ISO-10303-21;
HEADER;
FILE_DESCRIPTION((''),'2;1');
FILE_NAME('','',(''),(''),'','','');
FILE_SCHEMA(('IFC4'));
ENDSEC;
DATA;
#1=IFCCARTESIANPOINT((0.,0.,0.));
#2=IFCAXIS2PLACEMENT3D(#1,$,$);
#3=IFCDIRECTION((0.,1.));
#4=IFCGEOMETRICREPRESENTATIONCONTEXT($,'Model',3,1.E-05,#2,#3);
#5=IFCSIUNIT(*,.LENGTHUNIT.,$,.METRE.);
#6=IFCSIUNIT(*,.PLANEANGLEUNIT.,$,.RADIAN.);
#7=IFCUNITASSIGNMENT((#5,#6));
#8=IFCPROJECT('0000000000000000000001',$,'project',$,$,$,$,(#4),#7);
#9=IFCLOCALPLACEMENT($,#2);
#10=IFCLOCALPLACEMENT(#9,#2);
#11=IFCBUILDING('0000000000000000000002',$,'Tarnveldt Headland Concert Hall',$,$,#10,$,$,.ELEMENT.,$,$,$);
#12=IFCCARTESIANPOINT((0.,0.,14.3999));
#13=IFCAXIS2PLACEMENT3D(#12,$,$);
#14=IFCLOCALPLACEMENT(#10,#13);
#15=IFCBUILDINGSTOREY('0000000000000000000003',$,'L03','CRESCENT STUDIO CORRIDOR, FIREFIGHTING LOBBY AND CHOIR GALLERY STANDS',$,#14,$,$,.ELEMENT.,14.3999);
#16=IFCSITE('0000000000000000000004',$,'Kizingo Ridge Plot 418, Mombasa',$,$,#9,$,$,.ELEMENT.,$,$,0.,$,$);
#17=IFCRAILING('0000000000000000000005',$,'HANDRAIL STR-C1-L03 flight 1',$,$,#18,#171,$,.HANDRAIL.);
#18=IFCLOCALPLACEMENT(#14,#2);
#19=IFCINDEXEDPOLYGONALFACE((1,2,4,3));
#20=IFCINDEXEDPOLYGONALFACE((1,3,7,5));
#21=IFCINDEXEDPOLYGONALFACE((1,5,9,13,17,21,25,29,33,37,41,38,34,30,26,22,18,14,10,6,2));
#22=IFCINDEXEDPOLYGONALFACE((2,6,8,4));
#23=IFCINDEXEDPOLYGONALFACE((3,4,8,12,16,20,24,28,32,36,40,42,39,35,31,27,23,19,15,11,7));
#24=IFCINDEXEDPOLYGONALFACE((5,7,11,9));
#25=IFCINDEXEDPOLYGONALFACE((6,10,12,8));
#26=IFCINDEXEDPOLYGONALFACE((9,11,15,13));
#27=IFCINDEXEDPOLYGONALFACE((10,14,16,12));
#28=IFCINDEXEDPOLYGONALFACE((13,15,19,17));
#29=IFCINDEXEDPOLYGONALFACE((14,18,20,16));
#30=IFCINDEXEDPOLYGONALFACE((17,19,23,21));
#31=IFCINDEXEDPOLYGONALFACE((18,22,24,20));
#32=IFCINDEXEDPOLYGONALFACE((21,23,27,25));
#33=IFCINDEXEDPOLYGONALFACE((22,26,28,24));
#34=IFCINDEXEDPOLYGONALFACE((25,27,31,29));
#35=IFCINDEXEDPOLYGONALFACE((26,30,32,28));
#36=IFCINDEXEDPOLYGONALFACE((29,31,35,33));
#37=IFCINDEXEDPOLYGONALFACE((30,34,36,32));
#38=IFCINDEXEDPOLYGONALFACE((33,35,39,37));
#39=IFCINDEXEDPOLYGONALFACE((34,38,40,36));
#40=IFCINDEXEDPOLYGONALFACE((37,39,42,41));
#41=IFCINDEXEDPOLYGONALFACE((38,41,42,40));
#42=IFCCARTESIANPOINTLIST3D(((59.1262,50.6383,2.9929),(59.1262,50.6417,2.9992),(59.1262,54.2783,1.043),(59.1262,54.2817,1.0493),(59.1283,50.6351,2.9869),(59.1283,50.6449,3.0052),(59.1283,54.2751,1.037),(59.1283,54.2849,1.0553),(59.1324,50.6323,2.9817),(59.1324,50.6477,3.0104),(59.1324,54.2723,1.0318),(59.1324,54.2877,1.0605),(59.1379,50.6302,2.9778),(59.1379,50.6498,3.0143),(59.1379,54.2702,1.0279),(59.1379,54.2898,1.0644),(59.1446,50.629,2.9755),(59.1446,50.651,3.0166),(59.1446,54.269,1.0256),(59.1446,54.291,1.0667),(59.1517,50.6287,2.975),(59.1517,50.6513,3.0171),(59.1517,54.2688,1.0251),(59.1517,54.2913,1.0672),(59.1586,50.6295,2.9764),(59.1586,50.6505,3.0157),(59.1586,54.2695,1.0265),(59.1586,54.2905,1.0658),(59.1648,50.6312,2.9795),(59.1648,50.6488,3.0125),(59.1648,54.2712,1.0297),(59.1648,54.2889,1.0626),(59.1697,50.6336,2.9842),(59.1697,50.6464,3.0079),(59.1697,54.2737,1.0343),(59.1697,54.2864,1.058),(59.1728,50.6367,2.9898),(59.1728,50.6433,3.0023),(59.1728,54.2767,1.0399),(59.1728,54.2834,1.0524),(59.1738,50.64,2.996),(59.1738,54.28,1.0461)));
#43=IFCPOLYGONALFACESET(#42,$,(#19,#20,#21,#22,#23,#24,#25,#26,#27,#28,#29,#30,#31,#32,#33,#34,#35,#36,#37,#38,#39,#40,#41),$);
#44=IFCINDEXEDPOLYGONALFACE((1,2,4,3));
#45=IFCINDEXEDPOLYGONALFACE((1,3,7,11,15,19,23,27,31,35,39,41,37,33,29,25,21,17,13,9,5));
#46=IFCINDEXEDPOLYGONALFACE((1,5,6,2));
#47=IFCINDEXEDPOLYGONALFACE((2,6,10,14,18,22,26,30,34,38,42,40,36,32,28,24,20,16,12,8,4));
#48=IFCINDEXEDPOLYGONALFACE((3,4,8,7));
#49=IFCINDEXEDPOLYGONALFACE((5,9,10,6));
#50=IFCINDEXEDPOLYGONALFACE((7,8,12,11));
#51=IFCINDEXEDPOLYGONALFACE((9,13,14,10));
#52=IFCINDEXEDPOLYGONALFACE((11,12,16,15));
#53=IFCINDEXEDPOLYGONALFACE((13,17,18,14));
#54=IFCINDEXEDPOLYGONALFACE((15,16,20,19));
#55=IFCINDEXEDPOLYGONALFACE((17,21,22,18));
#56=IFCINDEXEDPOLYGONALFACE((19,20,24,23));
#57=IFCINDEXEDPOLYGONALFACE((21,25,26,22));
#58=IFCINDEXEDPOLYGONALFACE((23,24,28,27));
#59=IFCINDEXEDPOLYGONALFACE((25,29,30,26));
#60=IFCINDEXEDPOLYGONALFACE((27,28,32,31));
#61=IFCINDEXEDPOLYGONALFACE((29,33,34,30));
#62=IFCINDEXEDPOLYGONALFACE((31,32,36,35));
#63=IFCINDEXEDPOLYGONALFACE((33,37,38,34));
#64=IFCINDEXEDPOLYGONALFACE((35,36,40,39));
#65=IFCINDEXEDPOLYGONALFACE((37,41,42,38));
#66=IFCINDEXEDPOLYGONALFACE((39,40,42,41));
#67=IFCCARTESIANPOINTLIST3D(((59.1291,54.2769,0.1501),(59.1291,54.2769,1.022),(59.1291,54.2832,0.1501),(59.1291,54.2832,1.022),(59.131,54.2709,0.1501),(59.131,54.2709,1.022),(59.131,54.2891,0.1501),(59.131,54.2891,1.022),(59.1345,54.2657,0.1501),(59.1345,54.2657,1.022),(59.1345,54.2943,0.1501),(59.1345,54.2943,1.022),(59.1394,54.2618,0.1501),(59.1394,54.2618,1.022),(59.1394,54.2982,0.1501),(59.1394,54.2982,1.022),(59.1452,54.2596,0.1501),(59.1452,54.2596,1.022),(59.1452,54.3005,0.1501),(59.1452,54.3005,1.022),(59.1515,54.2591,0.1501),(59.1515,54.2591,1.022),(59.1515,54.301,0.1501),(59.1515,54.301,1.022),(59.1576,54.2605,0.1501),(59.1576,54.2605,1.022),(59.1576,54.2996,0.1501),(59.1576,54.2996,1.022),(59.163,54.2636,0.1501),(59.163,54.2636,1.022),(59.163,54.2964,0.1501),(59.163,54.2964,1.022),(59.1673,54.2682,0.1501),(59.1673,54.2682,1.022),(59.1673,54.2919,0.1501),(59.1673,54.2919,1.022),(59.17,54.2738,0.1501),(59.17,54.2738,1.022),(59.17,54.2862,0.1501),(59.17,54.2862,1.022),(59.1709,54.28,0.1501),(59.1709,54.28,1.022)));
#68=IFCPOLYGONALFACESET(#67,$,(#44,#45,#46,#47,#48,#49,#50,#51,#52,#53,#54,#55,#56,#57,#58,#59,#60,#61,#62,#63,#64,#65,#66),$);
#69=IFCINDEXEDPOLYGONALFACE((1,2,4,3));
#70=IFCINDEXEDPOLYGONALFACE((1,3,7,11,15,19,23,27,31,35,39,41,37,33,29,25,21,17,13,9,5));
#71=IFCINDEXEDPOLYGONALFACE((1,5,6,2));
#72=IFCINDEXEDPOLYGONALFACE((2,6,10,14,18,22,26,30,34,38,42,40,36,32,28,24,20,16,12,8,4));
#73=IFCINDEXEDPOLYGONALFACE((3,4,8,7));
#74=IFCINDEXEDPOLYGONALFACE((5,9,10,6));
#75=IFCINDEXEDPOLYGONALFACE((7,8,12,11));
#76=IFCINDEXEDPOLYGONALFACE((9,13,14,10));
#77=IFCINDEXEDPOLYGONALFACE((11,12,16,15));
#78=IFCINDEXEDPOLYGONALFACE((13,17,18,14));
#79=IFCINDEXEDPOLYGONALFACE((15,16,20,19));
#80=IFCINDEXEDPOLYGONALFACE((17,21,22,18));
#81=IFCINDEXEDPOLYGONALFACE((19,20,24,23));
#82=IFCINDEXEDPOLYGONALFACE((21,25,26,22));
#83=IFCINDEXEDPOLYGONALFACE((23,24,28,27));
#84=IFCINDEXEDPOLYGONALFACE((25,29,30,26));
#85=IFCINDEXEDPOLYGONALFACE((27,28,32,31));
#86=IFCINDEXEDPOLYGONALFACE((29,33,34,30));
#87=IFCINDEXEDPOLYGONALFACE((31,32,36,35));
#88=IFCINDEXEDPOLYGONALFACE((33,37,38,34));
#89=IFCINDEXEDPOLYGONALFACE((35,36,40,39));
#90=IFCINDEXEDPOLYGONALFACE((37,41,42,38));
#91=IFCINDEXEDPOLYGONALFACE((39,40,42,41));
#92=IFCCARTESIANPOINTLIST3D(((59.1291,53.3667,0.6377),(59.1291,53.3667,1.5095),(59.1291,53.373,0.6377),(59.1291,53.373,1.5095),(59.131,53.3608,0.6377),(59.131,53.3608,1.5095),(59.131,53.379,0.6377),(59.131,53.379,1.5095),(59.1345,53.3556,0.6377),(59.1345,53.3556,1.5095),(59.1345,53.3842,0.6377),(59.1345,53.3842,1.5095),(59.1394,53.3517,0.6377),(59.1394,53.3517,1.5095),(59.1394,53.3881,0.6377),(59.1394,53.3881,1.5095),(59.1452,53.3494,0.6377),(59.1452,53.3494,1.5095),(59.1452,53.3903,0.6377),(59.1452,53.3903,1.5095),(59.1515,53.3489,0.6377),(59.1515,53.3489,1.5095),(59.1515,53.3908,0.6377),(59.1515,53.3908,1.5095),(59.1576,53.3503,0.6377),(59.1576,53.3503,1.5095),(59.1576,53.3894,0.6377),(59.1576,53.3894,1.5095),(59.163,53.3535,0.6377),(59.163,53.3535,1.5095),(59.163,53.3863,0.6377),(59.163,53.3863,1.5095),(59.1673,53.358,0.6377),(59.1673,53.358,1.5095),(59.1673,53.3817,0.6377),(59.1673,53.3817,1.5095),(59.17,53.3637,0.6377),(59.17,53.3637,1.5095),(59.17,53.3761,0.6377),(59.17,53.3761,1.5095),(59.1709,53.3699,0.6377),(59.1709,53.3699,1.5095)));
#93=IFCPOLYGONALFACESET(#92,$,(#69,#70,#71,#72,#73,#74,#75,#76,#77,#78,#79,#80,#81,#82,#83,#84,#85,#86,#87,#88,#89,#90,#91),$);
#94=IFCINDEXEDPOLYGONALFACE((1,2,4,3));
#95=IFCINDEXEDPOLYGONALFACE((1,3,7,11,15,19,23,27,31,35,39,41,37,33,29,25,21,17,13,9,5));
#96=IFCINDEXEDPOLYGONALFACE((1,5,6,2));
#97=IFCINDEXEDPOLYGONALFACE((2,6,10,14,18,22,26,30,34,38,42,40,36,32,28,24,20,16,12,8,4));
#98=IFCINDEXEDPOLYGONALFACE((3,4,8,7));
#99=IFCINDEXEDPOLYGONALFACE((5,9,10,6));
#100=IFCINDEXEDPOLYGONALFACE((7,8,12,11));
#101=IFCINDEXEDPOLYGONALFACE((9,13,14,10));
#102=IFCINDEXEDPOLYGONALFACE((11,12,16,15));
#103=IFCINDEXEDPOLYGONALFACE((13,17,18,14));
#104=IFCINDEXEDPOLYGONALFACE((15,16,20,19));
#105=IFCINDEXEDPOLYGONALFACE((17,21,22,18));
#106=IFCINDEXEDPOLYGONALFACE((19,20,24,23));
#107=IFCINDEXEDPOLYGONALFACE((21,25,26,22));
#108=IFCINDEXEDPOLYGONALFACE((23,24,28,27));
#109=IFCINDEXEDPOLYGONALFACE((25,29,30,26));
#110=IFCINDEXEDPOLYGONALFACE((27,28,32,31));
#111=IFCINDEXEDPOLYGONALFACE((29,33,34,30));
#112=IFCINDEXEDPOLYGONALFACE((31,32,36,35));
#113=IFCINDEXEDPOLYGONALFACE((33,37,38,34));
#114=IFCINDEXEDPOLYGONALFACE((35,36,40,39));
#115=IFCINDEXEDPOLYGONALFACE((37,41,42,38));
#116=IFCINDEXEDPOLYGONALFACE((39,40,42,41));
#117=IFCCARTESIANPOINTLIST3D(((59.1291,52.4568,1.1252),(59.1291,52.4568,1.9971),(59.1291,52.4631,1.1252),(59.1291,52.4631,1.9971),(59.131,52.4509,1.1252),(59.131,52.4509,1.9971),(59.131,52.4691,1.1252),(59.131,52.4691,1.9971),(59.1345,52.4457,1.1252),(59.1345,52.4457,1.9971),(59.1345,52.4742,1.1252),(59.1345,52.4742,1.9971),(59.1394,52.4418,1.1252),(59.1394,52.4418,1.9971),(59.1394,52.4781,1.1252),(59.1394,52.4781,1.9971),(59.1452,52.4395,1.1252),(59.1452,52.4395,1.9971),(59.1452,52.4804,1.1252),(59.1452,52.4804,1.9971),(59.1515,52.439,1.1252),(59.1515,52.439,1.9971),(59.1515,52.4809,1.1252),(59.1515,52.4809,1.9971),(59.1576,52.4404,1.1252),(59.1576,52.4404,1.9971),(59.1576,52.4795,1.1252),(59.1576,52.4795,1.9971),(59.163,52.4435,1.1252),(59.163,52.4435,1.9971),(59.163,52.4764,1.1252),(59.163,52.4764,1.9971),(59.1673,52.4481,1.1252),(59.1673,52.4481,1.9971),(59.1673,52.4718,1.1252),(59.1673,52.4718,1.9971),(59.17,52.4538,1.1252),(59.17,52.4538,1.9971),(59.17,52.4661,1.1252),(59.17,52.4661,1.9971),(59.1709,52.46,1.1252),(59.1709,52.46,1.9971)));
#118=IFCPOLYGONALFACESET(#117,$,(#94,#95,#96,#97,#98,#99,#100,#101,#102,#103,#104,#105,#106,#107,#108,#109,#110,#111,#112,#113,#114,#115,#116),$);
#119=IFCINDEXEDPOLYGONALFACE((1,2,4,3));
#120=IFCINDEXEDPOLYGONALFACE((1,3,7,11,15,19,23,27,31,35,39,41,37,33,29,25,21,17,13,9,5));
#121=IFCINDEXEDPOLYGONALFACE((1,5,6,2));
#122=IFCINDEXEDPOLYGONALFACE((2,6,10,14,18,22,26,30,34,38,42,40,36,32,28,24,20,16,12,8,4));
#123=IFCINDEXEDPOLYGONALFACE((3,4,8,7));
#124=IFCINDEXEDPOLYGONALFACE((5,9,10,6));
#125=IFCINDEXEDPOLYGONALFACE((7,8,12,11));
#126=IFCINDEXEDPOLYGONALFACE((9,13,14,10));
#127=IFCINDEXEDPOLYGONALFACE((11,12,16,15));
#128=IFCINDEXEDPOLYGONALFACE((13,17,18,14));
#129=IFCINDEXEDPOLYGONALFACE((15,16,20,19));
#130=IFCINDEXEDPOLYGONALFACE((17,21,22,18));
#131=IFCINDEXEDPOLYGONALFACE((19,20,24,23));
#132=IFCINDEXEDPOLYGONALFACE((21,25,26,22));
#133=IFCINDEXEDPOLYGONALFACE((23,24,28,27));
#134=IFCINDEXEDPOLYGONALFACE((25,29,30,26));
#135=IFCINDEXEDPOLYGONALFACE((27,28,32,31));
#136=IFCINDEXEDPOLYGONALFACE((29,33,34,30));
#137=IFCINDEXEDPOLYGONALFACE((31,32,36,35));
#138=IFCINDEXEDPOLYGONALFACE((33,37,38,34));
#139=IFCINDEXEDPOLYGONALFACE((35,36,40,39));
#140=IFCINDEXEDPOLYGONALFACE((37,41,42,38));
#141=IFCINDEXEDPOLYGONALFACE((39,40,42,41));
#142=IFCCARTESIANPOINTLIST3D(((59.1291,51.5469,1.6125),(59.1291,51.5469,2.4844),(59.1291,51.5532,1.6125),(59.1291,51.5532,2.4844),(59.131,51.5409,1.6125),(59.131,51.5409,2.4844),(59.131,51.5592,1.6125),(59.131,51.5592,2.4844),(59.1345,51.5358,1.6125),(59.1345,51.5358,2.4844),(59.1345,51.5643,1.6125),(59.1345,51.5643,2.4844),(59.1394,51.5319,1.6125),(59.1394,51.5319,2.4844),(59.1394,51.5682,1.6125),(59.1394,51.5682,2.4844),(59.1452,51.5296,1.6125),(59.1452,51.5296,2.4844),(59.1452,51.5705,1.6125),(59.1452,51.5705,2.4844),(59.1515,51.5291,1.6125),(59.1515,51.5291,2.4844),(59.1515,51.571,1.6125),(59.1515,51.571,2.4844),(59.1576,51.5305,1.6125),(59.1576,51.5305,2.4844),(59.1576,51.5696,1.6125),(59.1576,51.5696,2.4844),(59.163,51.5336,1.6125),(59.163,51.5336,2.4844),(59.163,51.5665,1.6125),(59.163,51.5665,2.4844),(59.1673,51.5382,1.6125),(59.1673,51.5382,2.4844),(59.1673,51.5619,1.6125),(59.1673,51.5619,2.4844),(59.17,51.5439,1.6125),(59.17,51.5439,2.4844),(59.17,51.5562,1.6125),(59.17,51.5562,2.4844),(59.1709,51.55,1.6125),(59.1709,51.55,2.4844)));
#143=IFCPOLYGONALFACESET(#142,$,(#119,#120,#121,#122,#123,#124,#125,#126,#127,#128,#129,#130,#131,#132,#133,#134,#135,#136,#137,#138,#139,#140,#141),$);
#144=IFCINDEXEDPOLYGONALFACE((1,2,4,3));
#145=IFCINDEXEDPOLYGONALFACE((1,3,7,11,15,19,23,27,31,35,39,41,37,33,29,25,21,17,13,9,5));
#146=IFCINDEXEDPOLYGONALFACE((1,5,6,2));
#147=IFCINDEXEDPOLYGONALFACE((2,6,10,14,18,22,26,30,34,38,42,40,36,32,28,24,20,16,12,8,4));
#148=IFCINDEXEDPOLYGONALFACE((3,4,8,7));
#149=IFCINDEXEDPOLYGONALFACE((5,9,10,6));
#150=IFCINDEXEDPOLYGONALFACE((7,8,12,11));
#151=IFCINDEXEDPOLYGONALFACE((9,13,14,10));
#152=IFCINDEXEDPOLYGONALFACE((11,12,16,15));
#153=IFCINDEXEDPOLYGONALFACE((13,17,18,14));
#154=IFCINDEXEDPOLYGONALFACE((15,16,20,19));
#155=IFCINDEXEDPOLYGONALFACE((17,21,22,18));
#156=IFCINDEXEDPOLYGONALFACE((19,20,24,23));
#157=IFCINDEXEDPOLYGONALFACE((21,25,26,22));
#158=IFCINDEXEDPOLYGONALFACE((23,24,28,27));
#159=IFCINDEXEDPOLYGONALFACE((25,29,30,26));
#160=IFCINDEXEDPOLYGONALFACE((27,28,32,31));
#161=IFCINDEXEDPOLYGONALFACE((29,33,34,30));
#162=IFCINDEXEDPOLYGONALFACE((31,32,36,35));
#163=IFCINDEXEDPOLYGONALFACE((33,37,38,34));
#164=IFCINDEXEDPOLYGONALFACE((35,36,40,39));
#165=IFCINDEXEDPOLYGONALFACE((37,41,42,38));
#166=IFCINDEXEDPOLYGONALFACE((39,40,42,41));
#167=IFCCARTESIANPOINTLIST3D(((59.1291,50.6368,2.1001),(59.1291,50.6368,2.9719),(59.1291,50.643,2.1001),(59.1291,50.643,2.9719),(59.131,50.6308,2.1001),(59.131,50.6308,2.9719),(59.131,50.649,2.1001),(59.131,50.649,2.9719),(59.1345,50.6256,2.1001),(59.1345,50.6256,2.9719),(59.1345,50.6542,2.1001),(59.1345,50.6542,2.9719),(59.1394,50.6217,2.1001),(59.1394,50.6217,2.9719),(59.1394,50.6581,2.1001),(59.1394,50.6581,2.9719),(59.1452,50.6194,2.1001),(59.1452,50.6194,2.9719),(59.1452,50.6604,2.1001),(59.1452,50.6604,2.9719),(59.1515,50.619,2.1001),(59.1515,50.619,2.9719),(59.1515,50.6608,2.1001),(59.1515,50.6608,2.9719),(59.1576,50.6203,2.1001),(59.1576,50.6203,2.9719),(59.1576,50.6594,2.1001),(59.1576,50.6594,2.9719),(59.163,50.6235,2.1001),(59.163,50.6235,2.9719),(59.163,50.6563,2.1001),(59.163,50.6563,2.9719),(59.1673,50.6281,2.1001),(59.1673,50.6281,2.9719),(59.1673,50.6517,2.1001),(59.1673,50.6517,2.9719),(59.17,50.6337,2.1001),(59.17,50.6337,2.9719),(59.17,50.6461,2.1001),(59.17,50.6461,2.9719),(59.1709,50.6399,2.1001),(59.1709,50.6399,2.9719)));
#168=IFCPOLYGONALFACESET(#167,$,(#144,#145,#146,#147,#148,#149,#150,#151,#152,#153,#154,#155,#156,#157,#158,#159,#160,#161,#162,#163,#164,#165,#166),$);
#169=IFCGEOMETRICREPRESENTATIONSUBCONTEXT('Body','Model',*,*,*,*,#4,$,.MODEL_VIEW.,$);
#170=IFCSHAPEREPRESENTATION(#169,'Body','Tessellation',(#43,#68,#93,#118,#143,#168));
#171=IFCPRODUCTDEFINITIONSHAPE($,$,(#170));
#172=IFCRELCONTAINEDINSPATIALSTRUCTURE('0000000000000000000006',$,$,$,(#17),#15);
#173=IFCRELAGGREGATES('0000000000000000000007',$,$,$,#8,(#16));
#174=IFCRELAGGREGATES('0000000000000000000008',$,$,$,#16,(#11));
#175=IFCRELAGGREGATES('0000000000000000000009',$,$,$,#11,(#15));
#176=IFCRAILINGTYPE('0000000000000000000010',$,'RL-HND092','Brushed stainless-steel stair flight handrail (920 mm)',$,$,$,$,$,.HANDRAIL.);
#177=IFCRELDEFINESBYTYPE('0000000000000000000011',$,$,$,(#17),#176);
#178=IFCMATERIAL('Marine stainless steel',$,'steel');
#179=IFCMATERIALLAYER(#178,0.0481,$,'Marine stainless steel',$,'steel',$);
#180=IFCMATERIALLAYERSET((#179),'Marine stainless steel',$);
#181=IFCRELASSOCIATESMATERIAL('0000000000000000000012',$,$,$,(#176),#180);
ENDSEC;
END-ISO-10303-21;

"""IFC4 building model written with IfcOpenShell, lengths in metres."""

from ifc_helpers import new_model, si_unit, direction, frame, origin, origin_2d, place, context, subcontext, project, spatial, circle, extrude, material, layer, layer_set, type_object, element, save


model = new_model("IFC4")

# Units and contexts
model_context = context("Model", 3, precision=1e-05, world=origin(), true_north=direction((0.0, 1.0)))
body_context = subcontext(model_context, "Body", "Model", "MODEL_VIEW")
ifc_project = project(units=[si_unit("LENGTHUNIT", "METRE"), si_unit("PLANEANGLEUNIT", "RADIAN")], contexts=[model_context])

# Site, building, storey
site_placement = place(None, origin())
site = spatial("IfcSite", under=ifc_project, at=site_placement, Name="Kizingo Ridge Plot 418, Mombasa", CompositionType="ELEMENT", RefElevation=0.0)
building_placement = place(site_placement, origin())
building = spatial("IfcBuilding", under=site, at=building_placement, Name="Tarnveldt Headland Concert Hall", CompositionType="ELEMENT")
storey_placement = place(building_placement, frame((0.0, 0.0, 14.3999)))
storey = spatial("IfcBuildingStorey", under=building, at=storey_placement, Name="L03", Description="CRESCENT STUDIO CORRIDOR, FIREFIGHTING LOBBY AND CHOIR GALLERY STANDS", CompositionType="ELEMENT", Elevation=14.3999)

# Railing
ifc_material_1 = material(Name="Marine stainless steel", Category="steel")
ifc_layer_1 = layer(ifc_material_1, 0.0481, Name="Marine stainless steel", Category="steel")
ifc_layer_set_1 = layer_set([ifc_layer_1], Name="Marine stainless steel")
railing_type_1 = type_object("IfcRailingType", Name="RL-HND092", Description="Brushed stainless-steel stair flight handrail (920 mm)", PredefinedType="HANDRAIL", material=ifc_layer_set_1)
railing_1_placement = place(storey_placement, frame((59.1499, 54.28, 0.1501)))
element("IfcRailing", 1, at=railing_1_placement, inside=storey, type_object=railing_type_1, Name="HANDRAIL STR-C1-L03 flight 1", PredefinedType="HANDRAIL", context=body_context, shape_type="SweptSolid", body=[
    extrude(circle(Radius=0.0239, at=origin_2d()), frame((0.0, 0.0, 0.896), z_axis=(0.0, -0.881492, 0.472198), x_axis=(1.0, 0.0, 0.0)), (0.0, 0.0, 1.0), 4.1294),
    extrude(circle(Radius=0.021, at=origin_2d()), origin(), (0.0, 0.0, 1.0), 0.8718),
    extrude(circle(Radius=0.021, at=origin_2d()), frame((0.0, -0.9102, 0.4875)), (0.0, 0.0, 1.0), 0.8718),
    extrude(circle(Radius=0.021, at=origin_2d()), frame((0.0, -1.8201, 0.9751)), (0.0, 0.0, 1.0), 0.8718),
    extrude(circle(Radius=0.021, at=origin_2d()), frame((0.0, -2.73, 1.4624)), (0.0, 0.0, 1.0), 0.8718),
    extrude(circle(Radius=0.021, at=origin_2d()), frame((0.0, -3.6401, 1.95)), (0.0, 0.0, 1.0), 0.8718),
])

save(model, "model.ifc")
